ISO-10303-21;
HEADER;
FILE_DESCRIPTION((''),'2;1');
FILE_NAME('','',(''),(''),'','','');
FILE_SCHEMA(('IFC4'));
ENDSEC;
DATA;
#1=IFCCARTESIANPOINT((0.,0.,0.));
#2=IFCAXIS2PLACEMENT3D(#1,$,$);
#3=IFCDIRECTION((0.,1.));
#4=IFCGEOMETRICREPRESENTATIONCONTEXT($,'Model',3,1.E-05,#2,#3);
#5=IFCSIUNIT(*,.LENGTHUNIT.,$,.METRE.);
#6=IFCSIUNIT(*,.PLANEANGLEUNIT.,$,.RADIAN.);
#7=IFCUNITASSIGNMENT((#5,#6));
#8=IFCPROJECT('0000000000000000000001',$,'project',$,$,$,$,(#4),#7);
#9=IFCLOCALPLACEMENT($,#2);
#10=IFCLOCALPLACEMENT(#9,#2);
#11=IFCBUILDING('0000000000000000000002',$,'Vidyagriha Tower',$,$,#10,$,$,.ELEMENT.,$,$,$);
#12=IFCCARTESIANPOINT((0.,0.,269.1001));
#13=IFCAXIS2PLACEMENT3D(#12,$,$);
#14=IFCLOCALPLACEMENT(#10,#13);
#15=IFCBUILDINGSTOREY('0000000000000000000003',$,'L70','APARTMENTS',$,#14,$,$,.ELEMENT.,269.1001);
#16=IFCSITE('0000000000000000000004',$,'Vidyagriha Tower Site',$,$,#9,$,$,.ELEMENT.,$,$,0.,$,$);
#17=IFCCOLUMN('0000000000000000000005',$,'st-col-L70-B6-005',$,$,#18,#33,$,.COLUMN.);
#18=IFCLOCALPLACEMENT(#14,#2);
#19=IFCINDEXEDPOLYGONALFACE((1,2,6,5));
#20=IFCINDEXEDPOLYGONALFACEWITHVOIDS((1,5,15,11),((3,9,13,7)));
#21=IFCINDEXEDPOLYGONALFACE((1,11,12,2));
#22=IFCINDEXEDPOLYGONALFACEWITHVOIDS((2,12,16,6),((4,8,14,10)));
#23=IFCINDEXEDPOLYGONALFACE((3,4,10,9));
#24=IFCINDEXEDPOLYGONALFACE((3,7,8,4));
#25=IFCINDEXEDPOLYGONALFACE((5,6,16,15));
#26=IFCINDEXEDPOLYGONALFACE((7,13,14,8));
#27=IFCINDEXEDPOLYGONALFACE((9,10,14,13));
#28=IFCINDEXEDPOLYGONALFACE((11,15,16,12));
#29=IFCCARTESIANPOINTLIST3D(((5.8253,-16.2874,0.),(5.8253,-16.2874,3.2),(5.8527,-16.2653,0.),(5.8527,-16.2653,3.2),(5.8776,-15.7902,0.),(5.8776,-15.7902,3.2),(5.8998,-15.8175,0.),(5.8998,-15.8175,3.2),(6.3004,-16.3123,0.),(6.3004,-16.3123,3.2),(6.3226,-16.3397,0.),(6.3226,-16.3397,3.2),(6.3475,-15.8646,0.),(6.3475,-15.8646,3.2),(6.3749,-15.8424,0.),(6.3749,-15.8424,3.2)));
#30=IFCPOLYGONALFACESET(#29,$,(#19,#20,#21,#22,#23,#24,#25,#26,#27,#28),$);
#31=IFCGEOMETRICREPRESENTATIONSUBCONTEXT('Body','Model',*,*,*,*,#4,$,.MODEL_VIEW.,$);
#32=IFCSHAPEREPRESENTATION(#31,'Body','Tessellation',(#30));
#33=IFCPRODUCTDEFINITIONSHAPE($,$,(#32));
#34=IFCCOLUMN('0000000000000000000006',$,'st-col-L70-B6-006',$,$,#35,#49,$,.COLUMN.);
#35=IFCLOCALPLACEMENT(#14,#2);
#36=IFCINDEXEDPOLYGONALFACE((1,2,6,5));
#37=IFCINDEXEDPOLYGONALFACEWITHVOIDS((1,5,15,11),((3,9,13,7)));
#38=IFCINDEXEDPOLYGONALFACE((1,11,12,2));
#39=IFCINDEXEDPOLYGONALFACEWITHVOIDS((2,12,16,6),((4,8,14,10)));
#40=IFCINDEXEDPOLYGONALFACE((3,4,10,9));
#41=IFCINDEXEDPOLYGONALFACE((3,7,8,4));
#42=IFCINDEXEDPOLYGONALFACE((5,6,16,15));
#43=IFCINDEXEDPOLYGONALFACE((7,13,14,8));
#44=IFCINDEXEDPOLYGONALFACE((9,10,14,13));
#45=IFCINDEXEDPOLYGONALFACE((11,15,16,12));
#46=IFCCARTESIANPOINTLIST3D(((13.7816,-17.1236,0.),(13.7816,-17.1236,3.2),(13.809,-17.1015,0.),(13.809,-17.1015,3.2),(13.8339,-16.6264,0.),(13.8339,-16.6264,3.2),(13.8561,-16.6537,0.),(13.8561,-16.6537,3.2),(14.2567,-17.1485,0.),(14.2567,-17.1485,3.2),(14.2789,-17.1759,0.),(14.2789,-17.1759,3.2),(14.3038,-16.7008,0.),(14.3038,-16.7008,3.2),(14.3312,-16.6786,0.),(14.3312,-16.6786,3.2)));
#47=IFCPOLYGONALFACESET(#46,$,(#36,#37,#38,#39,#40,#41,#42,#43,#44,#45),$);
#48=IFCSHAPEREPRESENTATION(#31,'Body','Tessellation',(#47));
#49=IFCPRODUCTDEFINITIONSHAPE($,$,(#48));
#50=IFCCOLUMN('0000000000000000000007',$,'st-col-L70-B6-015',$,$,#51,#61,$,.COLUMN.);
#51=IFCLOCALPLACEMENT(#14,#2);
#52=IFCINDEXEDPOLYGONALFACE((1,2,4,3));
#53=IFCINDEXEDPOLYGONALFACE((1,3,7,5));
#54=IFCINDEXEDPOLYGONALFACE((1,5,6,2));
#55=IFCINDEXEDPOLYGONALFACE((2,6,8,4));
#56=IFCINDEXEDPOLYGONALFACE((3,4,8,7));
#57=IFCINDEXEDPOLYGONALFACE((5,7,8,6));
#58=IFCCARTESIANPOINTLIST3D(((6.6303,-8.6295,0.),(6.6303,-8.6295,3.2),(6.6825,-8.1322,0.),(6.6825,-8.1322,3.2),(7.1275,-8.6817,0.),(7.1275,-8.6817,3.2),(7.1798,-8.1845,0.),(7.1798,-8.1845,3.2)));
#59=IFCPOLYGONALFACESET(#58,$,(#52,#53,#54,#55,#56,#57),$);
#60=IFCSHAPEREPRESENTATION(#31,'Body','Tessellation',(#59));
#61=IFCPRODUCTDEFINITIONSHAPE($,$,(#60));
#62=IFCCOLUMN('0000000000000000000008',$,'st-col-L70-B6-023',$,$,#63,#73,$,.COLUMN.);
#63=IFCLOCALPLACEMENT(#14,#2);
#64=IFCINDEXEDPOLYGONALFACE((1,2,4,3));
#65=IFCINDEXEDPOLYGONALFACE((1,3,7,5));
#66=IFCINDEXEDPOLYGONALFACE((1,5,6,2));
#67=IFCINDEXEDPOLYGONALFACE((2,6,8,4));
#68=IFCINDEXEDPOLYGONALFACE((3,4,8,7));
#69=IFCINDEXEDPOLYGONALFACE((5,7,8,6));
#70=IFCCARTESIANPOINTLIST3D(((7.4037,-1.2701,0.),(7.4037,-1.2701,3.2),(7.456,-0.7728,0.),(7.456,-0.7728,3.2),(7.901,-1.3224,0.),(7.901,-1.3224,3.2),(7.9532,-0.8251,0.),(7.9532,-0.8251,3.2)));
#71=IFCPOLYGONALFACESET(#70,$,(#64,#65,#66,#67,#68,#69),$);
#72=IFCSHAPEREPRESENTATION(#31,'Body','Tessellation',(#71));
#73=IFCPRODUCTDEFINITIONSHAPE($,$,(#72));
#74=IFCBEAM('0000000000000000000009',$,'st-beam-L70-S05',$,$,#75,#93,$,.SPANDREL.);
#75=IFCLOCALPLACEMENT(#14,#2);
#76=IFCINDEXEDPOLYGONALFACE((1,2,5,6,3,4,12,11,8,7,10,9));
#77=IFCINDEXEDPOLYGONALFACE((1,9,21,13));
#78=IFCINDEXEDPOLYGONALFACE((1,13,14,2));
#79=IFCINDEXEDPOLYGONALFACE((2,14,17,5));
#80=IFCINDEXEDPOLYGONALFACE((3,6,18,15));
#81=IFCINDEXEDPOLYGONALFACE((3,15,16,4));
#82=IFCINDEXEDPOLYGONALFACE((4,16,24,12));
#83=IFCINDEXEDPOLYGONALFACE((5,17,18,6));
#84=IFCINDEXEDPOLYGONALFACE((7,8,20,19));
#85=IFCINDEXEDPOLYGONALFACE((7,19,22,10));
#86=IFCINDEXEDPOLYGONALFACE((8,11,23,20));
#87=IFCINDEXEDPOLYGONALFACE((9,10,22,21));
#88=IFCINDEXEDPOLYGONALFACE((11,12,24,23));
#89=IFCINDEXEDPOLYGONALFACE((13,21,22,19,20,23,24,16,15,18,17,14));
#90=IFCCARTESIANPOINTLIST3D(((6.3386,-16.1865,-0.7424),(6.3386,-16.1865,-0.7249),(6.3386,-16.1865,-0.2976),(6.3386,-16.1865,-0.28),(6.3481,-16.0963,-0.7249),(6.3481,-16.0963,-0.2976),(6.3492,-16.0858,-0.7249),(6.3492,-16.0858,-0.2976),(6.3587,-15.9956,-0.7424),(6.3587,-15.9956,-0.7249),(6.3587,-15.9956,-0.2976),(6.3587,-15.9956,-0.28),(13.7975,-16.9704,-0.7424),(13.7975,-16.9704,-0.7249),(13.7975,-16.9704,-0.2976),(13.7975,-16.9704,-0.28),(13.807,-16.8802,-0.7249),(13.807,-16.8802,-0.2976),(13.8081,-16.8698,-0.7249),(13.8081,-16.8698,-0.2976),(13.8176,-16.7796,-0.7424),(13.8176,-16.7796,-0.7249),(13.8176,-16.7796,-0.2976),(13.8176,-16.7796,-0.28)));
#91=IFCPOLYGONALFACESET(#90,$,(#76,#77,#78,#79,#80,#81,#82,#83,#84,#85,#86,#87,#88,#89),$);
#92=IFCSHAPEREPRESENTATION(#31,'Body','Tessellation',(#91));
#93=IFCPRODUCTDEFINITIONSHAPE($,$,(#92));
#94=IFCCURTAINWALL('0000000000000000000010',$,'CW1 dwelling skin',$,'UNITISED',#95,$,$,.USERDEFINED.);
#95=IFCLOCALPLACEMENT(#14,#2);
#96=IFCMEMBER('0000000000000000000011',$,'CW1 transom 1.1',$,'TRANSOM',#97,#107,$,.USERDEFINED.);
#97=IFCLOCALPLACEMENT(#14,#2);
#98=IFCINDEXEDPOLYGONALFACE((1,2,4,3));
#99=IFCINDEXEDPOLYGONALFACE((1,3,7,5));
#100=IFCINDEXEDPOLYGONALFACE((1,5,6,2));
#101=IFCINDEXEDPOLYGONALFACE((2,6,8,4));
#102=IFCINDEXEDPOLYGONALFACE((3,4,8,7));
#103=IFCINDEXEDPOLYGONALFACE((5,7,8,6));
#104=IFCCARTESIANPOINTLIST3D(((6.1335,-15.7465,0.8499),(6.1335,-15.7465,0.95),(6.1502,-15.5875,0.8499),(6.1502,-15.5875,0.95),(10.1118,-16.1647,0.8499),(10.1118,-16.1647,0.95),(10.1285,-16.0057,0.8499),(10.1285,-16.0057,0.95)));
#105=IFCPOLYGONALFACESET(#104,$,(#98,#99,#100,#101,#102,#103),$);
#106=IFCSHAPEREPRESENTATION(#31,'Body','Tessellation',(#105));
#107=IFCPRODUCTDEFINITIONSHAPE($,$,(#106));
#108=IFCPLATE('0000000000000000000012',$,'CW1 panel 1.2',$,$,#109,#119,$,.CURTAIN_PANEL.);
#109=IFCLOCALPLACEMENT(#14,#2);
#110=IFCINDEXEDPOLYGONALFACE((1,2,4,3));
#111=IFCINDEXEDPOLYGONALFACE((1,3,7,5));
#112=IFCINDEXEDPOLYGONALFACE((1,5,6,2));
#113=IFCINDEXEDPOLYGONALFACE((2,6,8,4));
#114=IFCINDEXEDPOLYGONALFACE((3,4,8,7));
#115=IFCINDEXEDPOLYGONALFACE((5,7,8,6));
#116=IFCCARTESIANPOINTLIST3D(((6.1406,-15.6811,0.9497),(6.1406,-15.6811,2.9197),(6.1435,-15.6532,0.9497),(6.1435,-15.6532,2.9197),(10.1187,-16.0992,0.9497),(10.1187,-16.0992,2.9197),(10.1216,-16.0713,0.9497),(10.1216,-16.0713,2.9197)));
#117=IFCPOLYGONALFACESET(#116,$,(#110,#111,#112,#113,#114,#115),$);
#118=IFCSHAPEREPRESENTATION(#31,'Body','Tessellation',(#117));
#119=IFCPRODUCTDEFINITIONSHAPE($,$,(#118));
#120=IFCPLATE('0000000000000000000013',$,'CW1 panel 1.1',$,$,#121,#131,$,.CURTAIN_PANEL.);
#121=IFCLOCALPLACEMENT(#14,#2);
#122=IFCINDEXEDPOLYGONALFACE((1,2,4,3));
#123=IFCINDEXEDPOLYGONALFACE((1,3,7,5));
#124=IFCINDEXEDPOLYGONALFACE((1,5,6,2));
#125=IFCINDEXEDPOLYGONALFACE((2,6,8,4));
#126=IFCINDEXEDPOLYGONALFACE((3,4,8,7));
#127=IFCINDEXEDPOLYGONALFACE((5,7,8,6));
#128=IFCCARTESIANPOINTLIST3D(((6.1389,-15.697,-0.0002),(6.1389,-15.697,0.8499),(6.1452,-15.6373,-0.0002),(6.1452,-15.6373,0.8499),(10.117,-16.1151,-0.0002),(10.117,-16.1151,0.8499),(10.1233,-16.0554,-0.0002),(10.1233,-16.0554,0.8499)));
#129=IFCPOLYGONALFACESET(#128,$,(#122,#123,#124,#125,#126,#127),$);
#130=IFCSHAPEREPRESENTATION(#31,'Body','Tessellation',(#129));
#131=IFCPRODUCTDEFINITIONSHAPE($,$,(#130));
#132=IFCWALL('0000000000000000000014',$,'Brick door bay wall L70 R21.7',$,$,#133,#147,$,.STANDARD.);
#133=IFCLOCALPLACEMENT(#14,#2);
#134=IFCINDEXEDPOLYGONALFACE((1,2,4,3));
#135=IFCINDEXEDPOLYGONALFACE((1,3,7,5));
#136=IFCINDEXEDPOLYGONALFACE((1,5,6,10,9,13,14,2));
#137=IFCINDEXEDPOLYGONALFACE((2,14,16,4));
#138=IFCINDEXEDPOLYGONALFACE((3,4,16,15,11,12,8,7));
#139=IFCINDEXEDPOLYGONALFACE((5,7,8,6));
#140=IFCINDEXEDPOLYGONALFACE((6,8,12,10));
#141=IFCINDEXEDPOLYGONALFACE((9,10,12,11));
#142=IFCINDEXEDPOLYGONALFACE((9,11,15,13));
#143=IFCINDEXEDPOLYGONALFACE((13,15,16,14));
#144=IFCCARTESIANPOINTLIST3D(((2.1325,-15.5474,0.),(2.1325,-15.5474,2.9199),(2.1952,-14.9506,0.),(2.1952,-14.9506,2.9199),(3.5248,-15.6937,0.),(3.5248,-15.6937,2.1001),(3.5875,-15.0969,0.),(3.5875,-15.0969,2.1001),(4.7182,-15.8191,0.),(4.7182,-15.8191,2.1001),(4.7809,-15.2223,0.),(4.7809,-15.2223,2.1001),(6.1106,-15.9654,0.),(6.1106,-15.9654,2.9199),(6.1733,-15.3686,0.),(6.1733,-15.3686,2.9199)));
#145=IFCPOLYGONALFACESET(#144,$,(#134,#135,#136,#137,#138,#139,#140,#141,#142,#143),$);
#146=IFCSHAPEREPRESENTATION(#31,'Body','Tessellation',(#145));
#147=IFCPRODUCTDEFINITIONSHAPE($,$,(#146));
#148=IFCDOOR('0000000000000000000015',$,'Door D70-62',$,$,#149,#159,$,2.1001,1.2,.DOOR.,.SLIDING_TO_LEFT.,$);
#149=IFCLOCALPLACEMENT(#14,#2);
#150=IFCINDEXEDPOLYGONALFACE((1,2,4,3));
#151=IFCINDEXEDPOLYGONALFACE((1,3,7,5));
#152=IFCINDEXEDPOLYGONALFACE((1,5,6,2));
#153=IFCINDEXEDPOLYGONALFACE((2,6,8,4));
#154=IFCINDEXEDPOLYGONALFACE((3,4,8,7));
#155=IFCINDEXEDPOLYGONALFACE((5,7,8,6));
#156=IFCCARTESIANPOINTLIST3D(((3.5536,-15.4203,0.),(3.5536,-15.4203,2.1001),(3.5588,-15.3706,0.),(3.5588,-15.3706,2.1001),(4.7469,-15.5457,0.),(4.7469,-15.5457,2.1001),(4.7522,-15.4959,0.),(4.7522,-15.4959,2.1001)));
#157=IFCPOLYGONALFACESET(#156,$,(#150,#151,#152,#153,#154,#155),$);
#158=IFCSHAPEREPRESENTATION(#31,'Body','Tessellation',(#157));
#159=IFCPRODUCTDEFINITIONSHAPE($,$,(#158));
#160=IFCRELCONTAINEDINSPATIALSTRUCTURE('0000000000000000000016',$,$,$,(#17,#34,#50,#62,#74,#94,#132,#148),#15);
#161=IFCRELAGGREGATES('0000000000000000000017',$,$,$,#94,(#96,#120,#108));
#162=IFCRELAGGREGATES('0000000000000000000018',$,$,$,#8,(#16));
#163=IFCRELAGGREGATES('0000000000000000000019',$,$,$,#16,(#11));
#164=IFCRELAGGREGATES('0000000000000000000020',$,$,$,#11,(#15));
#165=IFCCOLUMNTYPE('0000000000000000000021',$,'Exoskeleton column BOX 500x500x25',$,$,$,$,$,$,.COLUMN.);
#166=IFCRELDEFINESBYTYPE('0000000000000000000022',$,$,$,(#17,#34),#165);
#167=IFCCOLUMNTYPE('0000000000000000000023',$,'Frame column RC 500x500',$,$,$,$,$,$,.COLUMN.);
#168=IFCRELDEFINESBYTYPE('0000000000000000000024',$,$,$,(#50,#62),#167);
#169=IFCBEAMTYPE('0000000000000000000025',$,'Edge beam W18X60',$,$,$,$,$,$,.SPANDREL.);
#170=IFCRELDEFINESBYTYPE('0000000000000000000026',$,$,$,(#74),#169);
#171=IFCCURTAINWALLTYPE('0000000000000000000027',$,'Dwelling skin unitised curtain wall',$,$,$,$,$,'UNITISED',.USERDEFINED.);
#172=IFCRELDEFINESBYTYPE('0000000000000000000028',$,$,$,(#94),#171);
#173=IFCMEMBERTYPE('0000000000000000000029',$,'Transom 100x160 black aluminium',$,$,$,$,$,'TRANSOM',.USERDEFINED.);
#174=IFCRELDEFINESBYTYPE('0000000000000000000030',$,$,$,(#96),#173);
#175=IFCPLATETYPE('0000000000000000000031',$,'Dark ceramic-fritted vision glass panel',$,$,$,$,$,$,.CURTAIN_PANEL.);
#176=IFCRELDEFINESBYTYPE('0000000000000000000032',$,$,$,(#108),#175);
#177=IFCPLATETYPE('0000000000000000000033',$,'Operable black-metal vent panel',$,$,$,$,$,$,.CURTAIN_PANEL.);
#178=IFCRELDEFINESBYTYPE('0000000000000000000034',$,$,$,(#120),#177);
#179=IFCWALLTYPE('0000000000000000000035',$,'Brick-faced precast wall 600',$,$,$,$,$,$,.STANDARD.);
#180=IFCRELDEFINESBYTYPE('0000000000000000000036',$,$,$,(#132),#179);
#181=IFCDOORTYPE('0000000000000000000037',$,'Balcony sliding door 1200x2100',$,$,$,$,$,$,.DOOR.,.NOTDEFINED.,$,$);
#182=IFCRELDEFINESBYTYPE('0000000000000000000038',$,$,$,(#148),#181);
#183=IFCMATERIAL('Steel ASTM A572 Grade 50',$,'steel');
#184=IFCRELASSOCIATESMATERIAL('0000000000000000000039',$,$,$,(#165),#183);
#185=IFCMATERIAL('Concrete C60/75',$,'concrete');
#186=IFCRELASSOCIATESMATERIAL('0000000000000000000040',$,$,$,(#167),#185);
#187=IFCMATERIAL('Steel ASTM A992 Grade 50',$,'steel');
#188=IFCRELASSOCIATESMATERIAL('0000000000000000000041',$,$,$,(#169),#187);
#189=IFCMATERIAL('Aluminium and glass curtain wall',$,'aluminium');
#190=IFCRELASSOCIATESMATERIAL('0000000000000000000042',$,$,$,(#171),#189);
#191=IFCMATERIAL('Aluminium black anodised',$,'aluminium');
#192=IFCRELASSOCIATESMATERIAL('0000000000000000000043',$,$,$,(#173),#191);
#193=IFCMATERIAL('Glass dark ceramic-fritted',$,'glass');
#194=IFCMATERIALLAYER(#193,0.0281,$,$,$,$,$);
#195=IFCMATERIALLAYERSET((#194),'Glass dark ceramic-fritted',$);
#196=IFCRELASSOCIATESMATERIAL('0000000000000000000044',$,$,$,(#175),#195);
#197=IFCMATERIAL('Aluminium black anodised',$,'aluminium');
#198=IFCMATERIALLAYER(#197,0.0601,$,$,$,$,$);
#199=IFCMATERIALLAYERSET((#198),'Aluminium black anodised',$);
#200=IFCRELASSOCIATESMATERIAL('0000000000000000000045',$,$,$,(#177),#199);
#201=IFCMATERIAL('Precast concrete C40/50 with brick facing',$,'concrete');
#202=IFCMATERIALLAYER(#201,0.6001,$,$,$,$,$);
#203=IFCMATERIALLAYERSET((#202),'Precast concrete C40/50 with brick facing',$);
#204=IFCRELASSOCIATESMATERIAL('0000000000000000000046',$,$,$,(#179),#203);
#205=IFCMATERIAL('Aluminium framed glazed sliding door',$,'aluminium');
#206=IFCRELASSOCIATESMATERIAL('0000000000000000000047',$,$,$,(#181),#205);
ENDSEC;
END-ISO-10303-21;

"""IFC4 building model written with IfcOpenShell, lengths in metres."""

from ifc_helpers import new_model, si_unit, direction, frame, frame_2d, origin, origin_2d, place, context, subcontext, project, spatial, rectangle, hollow_rectangle, i_section, extrude, material, layer, layer_set, material_profile, profile_set, type_object, element, fill, aggregate, save


model = new_model("IFC4")

# Units and contexts
model_context = context("Model", 3, precision=1e-05, world=origin(), true_north=direction((0.0, 1.0)))
body_context = subcontext(model_context, "Body", "Model", "MODEL_VIEW")
ifc_project = project(units=[si_unit("LENGTHUNIT", "METRE"), si_unit("PLANEANGLEUNIT", "RADIAN")], contexts=[model_context])

# Site, building, storey
site_placement = place(None, origin())
site = spatial("IfcSite", under=ifc_project, at=site_placement, Name="Vidyagriha Tower Site", CompositionType="ELEMENT", RefElevation=0.0)
building_placement = place(site_placement, origin())
building = spatial("IfcBuilding", under=site, at=building_placement, Name="Vidyagriha Tower", CompositionType="ELEMENT")
storey_placement = place(building_placement, frame((0.0, 0.0, 269.1001)))
storey = spatial("IfcBuildingStorey", under=building, at=storey_placement, Name="L70", Description="APARTMENTS", CompositionType="ELEMENT", Elevation=269.1001)

# Columns
ifc_material_1 = material(Name="Steel ASTM A572 Grade 50", Category="steel")
ifc_material_profile_1 = material_profile(ifc_material_1, hollow_rectangle(XDim=0.5, YDim=0.5, WallThickness=0.0249, at=origin_2d()), Name="BOX 500x500x25")
ifc_profile_set_1 = profile_set([ifc_material_profile_1], Name="Steel ASTM A572 Grade 50")
column_type_1 = type_object("IfcColumnType", Name="Exoskeleton column BOX 500x500x25", PredefinedType="COLUMN", material=ifc_profile_set_1)
for number, where, z_axis, x_axis, name in (
    (1, (6.1001, -16.0649, 0.0), (0.0, 0.0, 1.0), (0.994522, -0.104528, 0.0), "st-col-L70-B6-005"),
    (2, (14.0564, -16.9011, 0.0), (0.0, 0.0, 1.0), (0.994522, -0.104528, 0.0), "st-col-L70-B6-006"),
):
    element("IfcColumn", number, at=place(storey_placement, frame(where, z_axis=z_axis, x_axis=x_axis)), inside=storey, type_object=column_type_1, Name=name, PredefinedType="COLUMN", context=body_context, shape_type="SweptSolid", body=[
        extrude(hollow_rectangle(XDim=0.5, YDim=0.5, WallThickness=0.0249, at=origin_2d()), origin(), (0.0, 0.0, 1.0), 3.2),
    ])
ifc_material_2 = material(Name="Concrete C60/75", Category="concrete")
ifc_material_profile_2 = material_profile(ifc_material_2, rectangle(XDim=0.5, YDim=0.5, at=origin_2d()), Name="RC 500x500")
ifc_profile_set_2 = profile_set([ifc_material_profile_2], Name="Concrete C60/75")
column_type_2 = type_object("IfcColumnType", Name="Frame column RC 500x500", PredefinedType="COLUMN", material=ifc_profile_set_2)
for number, where, z_axis, x_axis, name in (
    (3, (6.905, -8.407, 0.0), (0.0, 0.0, 1.0), (0.994522, -0.104528, 0.0), "st-col-L70-B6-015"),
    (4, (7.6785, -1.0476, 0.0), (0.0, 0.0, 1.0), (0.994522, -0.104528, 0.0), "st-col-L70-B6-023"),
):
    element("IfcColumn", number, at=place(storey_placement, frame(where, z_axis=z_axis, x_axis=x_axis)), inside=storey, type_object=column_type_2, Name=name, PredefinedType="COLUMN", context=body_context, shape_type="SweptSolid", body=[
        extrude(rectangle(XDim=0.5, YDim=0.5, at=origin_2d()), origin(), (0.0, 0.0, 1.0), 3.2),
    ])

# Beam
ifc_material_3 = material(Name="Steel ASTM A992 Grade 50", Category="steel")
ifc_material_profile_3 = material_profile(ifc_material_3, i_section(OverallWidth=0.1919, OverallDepth=0.4624, WebThickness=0.0105, FlangeThickness=0.0176, at=origin_2d()), Name="W18X60")
ifc_profile_set_3 = profile_set([ifc_material_profile_3], Name="Steel ASTM A992 Grade 50")
beam_type = type_object("IfcBeamType", Name="Edge beam W18X60", PredefinedType="SPANDREL", material=ifc_profile_set_3)
beam_placement = place(storey_placement, frame((6.3486, -16.0911, -0.5112), z_axis=(0.994522, -0.104524, 0.0), x_axis=(0.104524, 0.994522, 0.0)))
element("IfcBeam", 5, at=beam_placement, inside=storey, type_object=beam_type, Name="st-beam-L70-S05", PredefinedType="SPANDREL", context=body_context, shape_type="SweptSolid", body=[
    extrude(i_section(OverallWidth=0.1919, OverallDepth=0.4624, WebThickness=0.0105, FlangeThickness=0.0176, at=origin_2d()), origin(), (0.0, 0.0, 1.0), 7.5),
])

# Curtain wall, member, plates
ifc_material_4 = material(Name="Aluminium and glass curtain wall", Category="aluminium")
curtain_wall_type = type_object("IfcCurtainWallType", Name="Dwelling skin unitised curtain wall", ElementType="UNITISED", PredefinedType="USERDEFINED", material=ifc_material_4)
curtain_wall_placement = place(storey_placement, origin())
curtain_wall = element("IfcCurtainWall", 6, at=curtain_wall_placement, inside=storey, type_object=curtain_wall_type, Name="CW1 dwelling skin", ObjectType="UNITISED", PredefinedType="USERDEFINED")
ifc_material_5 = material(Name="Aluminium black anodised", Category="aluminium")
ifc_material_profile_4 = material_profile(ifc_material_5, rectangle(XDim=0.1599, YDim=0.1001, at=origin_2d()), Name="Transom 100x160 black aluminium")
ifc_profile_set_4 = profile_set([ifc_material_profile_4], Name="Aluminium black anodised")
member_type = type_object("IfcMemberType", Name="Transom 100x160 black aluminium", ElementType="TRANSOM", PredefinedType="USERDEFINED", material=ifc_profile_set_4)
member_placement = place(storey_placement, frame((6.1418, -15.667, 0.8999), z_axis=(0.99452, -0.104548, 0.0), x_axis=(0.104548, 0.99452, 0.0)))
member = element("IfcMember", 7, at=member_placement, type_object=member_type, Name="CW1 transom 1.1", ObjectType="TRANSOM", PredefinedType="USERDEFINED", context=body_context, shape_type="SweptSolid", body=[
    extrude(rectangle(XDim=0.1599, YDim=0.1001, at=origin_2d()), origin(), (0.0, 0.0, 1.0), 4.0002),
])
ifc_material_6 = material(Name="Glass dark ceramic-fritted", Category="glass")
ifc_layer_1 = layer(ifc_material_6, 0.0281)
ifc_layer_set_1 = layer_set([ifc_layer_1], Name="Glass dark ceramic-fritted")
plate_type_1 = type_object("IfcPlateType", Name="Dark ceramic-fritted vision glass panel", PredefinedType="CURTAIN_PANEL", material=ifc_layer_set_1)
plate_1_placement = place(storey_placement, frame((8.1311, -15.8762, 0.9497), z_axis=(0.0, 0.0, 1.0), x_axis=(0.994522, -0.104525, 0.0)))
plate_1 = element("IfcPlate", 8, at=plate_1_placement, type_object=plate_type_1, Name="CW1 panel 1.2", PredefinedType="CURTAIN_PANEL", context=body_context, shape_type="SweptSolid", body=[
    extrude(rectangle(XDim=4.0, YDim=0.0281, at=origin_2d()), origin(), (0.0, 0.0, 1.0), 1.97),
])
ifc_material_7 = material(Name="Aluminium black anodised", Category="aluminium")
ifc_layer_2 = layer(ifc_material_7, 0.0601)
ifc_layer_set_2 = layer_set([ifc_layer_2], Name="Aluminium black anodised")
plate_type_2 = type_object("IfcPlateType", Name="Operable black-metal vent panel", PredefinedType="CURTAIN_PANEL", material=ifc_layer_set_2)
plate_2_placement = place(storey_placement, frame((8.1311, -15.8762, -0.0002), z_axis=(0.0, 0.0, 1.0), x_axis=(0.994522, -0.104525, 0.0)))
plate_2 = element("IfcPlate", 9, at=plate_2_placement, type_object=plate_type_2, Name="CW1 panel 1.1", PredefinedType="CURTAIN_PANEL", context=body_context, shape_type="SweptSolid", body=[
    extrude(rectangle(XDim=4.0, YDim=0.0601, at=origin_2d()), origin(), (0.0, 0.0, 1.0), 0.8501),
])
aggregate(curtain_wall, [member, plate_2, plate_1])

# Wall, opening, door
ifc_material_8 = material(Name="Precast concrete C40/50 with brick facing", Category="concrete")
ifc_layer_3 = layer(ifc_material_8, 0.6001)
ifc_layer_set_3 = layer_set([ifc_layer_3], Name="Precast concrete C40/50 with brick facing")
wall_type_1 = type_object("IfcWallType", Name="Brick-faced precast wall 600", PredefinedType="STANDARD", material=ifc_layer_set_3)
wall_1_placement = place(storey_placement, frame((2.1638, -15.249, 0.0), z_axis=(0.0, 0.0, 1.0), x_axis=(0.994526, -0.104494, 0.0)))
wall_1 = element("IfcWall", 10, at=wall_1_placement, inside=storey, type_object=wall_type_1, Name="Brick door bay wall L70 R21.7", PredefinedType="STANDARD", context=body_context, shape_type="SweptSolid", body=[
    extrude(rectangle(XDim=4.0, YDim=0.6001, at=frame_2d((2.0, 0.0))), origin(), (0.0, 0.0, 1.0), 2.9199),
])
opening_1_placement = place(wall_1_placement, frame((1.3999, 0.0, 0.0)))
opening_1 = element("IfcOpeningElement", 11, at=opening_1_placement, cuts=wall_1, PredefinedType="OPENING", context=body_context, shape_type="SweptSolid", body=[
    extrude(rectangle(XDim=1.2, YDim=2.1001, at=frame_2d((0.6001, 1.05))), frame((0.0, 0.3101, 0.0), z_axis=(0.0, -1.0, 0.0), x_axis=(1.0, 0.0, 0.0)), (0.0, 0.0, 1.0), 0.6201),
])
ifc_material_9 = material(Name="Aluminium framed glazed sliding door", Category="aluminium")
door_type_1 = type_object("IfcDoorType", Name="Balcony sliding door 1200x2100", OperationType="NOTDEFINED", PredefinedType="DOOR", material=ifc_material_9)
door_1_placement = place(opening_1_placement, origin())
door_1 = element("IfcDoor", 12, at=door_1_placement, inside=storey, type_object=door_type_1, Name="Door D70-62", OperationType="SLIDING_TO_LEFT", OverallHeight=2.1001, OverallWidth=1.2, PredefinedType="DOOR", context=body_context, shape_type="SweptSolid", body=[
    extrude(rectangle(XDim=1.2, YDim=2.1001, at=frame_2d((0.6001, 1.05))), frame((0.0, 0.0249, 0.0), z_axis=(0.0, -1.0, 0.0), x_axis=(1.0, 0.0, 0.0)), (0.0, 0.0, 1.0), 0.05),
])
fill(opening_1, door_1)

save(model, "model.ifc")
